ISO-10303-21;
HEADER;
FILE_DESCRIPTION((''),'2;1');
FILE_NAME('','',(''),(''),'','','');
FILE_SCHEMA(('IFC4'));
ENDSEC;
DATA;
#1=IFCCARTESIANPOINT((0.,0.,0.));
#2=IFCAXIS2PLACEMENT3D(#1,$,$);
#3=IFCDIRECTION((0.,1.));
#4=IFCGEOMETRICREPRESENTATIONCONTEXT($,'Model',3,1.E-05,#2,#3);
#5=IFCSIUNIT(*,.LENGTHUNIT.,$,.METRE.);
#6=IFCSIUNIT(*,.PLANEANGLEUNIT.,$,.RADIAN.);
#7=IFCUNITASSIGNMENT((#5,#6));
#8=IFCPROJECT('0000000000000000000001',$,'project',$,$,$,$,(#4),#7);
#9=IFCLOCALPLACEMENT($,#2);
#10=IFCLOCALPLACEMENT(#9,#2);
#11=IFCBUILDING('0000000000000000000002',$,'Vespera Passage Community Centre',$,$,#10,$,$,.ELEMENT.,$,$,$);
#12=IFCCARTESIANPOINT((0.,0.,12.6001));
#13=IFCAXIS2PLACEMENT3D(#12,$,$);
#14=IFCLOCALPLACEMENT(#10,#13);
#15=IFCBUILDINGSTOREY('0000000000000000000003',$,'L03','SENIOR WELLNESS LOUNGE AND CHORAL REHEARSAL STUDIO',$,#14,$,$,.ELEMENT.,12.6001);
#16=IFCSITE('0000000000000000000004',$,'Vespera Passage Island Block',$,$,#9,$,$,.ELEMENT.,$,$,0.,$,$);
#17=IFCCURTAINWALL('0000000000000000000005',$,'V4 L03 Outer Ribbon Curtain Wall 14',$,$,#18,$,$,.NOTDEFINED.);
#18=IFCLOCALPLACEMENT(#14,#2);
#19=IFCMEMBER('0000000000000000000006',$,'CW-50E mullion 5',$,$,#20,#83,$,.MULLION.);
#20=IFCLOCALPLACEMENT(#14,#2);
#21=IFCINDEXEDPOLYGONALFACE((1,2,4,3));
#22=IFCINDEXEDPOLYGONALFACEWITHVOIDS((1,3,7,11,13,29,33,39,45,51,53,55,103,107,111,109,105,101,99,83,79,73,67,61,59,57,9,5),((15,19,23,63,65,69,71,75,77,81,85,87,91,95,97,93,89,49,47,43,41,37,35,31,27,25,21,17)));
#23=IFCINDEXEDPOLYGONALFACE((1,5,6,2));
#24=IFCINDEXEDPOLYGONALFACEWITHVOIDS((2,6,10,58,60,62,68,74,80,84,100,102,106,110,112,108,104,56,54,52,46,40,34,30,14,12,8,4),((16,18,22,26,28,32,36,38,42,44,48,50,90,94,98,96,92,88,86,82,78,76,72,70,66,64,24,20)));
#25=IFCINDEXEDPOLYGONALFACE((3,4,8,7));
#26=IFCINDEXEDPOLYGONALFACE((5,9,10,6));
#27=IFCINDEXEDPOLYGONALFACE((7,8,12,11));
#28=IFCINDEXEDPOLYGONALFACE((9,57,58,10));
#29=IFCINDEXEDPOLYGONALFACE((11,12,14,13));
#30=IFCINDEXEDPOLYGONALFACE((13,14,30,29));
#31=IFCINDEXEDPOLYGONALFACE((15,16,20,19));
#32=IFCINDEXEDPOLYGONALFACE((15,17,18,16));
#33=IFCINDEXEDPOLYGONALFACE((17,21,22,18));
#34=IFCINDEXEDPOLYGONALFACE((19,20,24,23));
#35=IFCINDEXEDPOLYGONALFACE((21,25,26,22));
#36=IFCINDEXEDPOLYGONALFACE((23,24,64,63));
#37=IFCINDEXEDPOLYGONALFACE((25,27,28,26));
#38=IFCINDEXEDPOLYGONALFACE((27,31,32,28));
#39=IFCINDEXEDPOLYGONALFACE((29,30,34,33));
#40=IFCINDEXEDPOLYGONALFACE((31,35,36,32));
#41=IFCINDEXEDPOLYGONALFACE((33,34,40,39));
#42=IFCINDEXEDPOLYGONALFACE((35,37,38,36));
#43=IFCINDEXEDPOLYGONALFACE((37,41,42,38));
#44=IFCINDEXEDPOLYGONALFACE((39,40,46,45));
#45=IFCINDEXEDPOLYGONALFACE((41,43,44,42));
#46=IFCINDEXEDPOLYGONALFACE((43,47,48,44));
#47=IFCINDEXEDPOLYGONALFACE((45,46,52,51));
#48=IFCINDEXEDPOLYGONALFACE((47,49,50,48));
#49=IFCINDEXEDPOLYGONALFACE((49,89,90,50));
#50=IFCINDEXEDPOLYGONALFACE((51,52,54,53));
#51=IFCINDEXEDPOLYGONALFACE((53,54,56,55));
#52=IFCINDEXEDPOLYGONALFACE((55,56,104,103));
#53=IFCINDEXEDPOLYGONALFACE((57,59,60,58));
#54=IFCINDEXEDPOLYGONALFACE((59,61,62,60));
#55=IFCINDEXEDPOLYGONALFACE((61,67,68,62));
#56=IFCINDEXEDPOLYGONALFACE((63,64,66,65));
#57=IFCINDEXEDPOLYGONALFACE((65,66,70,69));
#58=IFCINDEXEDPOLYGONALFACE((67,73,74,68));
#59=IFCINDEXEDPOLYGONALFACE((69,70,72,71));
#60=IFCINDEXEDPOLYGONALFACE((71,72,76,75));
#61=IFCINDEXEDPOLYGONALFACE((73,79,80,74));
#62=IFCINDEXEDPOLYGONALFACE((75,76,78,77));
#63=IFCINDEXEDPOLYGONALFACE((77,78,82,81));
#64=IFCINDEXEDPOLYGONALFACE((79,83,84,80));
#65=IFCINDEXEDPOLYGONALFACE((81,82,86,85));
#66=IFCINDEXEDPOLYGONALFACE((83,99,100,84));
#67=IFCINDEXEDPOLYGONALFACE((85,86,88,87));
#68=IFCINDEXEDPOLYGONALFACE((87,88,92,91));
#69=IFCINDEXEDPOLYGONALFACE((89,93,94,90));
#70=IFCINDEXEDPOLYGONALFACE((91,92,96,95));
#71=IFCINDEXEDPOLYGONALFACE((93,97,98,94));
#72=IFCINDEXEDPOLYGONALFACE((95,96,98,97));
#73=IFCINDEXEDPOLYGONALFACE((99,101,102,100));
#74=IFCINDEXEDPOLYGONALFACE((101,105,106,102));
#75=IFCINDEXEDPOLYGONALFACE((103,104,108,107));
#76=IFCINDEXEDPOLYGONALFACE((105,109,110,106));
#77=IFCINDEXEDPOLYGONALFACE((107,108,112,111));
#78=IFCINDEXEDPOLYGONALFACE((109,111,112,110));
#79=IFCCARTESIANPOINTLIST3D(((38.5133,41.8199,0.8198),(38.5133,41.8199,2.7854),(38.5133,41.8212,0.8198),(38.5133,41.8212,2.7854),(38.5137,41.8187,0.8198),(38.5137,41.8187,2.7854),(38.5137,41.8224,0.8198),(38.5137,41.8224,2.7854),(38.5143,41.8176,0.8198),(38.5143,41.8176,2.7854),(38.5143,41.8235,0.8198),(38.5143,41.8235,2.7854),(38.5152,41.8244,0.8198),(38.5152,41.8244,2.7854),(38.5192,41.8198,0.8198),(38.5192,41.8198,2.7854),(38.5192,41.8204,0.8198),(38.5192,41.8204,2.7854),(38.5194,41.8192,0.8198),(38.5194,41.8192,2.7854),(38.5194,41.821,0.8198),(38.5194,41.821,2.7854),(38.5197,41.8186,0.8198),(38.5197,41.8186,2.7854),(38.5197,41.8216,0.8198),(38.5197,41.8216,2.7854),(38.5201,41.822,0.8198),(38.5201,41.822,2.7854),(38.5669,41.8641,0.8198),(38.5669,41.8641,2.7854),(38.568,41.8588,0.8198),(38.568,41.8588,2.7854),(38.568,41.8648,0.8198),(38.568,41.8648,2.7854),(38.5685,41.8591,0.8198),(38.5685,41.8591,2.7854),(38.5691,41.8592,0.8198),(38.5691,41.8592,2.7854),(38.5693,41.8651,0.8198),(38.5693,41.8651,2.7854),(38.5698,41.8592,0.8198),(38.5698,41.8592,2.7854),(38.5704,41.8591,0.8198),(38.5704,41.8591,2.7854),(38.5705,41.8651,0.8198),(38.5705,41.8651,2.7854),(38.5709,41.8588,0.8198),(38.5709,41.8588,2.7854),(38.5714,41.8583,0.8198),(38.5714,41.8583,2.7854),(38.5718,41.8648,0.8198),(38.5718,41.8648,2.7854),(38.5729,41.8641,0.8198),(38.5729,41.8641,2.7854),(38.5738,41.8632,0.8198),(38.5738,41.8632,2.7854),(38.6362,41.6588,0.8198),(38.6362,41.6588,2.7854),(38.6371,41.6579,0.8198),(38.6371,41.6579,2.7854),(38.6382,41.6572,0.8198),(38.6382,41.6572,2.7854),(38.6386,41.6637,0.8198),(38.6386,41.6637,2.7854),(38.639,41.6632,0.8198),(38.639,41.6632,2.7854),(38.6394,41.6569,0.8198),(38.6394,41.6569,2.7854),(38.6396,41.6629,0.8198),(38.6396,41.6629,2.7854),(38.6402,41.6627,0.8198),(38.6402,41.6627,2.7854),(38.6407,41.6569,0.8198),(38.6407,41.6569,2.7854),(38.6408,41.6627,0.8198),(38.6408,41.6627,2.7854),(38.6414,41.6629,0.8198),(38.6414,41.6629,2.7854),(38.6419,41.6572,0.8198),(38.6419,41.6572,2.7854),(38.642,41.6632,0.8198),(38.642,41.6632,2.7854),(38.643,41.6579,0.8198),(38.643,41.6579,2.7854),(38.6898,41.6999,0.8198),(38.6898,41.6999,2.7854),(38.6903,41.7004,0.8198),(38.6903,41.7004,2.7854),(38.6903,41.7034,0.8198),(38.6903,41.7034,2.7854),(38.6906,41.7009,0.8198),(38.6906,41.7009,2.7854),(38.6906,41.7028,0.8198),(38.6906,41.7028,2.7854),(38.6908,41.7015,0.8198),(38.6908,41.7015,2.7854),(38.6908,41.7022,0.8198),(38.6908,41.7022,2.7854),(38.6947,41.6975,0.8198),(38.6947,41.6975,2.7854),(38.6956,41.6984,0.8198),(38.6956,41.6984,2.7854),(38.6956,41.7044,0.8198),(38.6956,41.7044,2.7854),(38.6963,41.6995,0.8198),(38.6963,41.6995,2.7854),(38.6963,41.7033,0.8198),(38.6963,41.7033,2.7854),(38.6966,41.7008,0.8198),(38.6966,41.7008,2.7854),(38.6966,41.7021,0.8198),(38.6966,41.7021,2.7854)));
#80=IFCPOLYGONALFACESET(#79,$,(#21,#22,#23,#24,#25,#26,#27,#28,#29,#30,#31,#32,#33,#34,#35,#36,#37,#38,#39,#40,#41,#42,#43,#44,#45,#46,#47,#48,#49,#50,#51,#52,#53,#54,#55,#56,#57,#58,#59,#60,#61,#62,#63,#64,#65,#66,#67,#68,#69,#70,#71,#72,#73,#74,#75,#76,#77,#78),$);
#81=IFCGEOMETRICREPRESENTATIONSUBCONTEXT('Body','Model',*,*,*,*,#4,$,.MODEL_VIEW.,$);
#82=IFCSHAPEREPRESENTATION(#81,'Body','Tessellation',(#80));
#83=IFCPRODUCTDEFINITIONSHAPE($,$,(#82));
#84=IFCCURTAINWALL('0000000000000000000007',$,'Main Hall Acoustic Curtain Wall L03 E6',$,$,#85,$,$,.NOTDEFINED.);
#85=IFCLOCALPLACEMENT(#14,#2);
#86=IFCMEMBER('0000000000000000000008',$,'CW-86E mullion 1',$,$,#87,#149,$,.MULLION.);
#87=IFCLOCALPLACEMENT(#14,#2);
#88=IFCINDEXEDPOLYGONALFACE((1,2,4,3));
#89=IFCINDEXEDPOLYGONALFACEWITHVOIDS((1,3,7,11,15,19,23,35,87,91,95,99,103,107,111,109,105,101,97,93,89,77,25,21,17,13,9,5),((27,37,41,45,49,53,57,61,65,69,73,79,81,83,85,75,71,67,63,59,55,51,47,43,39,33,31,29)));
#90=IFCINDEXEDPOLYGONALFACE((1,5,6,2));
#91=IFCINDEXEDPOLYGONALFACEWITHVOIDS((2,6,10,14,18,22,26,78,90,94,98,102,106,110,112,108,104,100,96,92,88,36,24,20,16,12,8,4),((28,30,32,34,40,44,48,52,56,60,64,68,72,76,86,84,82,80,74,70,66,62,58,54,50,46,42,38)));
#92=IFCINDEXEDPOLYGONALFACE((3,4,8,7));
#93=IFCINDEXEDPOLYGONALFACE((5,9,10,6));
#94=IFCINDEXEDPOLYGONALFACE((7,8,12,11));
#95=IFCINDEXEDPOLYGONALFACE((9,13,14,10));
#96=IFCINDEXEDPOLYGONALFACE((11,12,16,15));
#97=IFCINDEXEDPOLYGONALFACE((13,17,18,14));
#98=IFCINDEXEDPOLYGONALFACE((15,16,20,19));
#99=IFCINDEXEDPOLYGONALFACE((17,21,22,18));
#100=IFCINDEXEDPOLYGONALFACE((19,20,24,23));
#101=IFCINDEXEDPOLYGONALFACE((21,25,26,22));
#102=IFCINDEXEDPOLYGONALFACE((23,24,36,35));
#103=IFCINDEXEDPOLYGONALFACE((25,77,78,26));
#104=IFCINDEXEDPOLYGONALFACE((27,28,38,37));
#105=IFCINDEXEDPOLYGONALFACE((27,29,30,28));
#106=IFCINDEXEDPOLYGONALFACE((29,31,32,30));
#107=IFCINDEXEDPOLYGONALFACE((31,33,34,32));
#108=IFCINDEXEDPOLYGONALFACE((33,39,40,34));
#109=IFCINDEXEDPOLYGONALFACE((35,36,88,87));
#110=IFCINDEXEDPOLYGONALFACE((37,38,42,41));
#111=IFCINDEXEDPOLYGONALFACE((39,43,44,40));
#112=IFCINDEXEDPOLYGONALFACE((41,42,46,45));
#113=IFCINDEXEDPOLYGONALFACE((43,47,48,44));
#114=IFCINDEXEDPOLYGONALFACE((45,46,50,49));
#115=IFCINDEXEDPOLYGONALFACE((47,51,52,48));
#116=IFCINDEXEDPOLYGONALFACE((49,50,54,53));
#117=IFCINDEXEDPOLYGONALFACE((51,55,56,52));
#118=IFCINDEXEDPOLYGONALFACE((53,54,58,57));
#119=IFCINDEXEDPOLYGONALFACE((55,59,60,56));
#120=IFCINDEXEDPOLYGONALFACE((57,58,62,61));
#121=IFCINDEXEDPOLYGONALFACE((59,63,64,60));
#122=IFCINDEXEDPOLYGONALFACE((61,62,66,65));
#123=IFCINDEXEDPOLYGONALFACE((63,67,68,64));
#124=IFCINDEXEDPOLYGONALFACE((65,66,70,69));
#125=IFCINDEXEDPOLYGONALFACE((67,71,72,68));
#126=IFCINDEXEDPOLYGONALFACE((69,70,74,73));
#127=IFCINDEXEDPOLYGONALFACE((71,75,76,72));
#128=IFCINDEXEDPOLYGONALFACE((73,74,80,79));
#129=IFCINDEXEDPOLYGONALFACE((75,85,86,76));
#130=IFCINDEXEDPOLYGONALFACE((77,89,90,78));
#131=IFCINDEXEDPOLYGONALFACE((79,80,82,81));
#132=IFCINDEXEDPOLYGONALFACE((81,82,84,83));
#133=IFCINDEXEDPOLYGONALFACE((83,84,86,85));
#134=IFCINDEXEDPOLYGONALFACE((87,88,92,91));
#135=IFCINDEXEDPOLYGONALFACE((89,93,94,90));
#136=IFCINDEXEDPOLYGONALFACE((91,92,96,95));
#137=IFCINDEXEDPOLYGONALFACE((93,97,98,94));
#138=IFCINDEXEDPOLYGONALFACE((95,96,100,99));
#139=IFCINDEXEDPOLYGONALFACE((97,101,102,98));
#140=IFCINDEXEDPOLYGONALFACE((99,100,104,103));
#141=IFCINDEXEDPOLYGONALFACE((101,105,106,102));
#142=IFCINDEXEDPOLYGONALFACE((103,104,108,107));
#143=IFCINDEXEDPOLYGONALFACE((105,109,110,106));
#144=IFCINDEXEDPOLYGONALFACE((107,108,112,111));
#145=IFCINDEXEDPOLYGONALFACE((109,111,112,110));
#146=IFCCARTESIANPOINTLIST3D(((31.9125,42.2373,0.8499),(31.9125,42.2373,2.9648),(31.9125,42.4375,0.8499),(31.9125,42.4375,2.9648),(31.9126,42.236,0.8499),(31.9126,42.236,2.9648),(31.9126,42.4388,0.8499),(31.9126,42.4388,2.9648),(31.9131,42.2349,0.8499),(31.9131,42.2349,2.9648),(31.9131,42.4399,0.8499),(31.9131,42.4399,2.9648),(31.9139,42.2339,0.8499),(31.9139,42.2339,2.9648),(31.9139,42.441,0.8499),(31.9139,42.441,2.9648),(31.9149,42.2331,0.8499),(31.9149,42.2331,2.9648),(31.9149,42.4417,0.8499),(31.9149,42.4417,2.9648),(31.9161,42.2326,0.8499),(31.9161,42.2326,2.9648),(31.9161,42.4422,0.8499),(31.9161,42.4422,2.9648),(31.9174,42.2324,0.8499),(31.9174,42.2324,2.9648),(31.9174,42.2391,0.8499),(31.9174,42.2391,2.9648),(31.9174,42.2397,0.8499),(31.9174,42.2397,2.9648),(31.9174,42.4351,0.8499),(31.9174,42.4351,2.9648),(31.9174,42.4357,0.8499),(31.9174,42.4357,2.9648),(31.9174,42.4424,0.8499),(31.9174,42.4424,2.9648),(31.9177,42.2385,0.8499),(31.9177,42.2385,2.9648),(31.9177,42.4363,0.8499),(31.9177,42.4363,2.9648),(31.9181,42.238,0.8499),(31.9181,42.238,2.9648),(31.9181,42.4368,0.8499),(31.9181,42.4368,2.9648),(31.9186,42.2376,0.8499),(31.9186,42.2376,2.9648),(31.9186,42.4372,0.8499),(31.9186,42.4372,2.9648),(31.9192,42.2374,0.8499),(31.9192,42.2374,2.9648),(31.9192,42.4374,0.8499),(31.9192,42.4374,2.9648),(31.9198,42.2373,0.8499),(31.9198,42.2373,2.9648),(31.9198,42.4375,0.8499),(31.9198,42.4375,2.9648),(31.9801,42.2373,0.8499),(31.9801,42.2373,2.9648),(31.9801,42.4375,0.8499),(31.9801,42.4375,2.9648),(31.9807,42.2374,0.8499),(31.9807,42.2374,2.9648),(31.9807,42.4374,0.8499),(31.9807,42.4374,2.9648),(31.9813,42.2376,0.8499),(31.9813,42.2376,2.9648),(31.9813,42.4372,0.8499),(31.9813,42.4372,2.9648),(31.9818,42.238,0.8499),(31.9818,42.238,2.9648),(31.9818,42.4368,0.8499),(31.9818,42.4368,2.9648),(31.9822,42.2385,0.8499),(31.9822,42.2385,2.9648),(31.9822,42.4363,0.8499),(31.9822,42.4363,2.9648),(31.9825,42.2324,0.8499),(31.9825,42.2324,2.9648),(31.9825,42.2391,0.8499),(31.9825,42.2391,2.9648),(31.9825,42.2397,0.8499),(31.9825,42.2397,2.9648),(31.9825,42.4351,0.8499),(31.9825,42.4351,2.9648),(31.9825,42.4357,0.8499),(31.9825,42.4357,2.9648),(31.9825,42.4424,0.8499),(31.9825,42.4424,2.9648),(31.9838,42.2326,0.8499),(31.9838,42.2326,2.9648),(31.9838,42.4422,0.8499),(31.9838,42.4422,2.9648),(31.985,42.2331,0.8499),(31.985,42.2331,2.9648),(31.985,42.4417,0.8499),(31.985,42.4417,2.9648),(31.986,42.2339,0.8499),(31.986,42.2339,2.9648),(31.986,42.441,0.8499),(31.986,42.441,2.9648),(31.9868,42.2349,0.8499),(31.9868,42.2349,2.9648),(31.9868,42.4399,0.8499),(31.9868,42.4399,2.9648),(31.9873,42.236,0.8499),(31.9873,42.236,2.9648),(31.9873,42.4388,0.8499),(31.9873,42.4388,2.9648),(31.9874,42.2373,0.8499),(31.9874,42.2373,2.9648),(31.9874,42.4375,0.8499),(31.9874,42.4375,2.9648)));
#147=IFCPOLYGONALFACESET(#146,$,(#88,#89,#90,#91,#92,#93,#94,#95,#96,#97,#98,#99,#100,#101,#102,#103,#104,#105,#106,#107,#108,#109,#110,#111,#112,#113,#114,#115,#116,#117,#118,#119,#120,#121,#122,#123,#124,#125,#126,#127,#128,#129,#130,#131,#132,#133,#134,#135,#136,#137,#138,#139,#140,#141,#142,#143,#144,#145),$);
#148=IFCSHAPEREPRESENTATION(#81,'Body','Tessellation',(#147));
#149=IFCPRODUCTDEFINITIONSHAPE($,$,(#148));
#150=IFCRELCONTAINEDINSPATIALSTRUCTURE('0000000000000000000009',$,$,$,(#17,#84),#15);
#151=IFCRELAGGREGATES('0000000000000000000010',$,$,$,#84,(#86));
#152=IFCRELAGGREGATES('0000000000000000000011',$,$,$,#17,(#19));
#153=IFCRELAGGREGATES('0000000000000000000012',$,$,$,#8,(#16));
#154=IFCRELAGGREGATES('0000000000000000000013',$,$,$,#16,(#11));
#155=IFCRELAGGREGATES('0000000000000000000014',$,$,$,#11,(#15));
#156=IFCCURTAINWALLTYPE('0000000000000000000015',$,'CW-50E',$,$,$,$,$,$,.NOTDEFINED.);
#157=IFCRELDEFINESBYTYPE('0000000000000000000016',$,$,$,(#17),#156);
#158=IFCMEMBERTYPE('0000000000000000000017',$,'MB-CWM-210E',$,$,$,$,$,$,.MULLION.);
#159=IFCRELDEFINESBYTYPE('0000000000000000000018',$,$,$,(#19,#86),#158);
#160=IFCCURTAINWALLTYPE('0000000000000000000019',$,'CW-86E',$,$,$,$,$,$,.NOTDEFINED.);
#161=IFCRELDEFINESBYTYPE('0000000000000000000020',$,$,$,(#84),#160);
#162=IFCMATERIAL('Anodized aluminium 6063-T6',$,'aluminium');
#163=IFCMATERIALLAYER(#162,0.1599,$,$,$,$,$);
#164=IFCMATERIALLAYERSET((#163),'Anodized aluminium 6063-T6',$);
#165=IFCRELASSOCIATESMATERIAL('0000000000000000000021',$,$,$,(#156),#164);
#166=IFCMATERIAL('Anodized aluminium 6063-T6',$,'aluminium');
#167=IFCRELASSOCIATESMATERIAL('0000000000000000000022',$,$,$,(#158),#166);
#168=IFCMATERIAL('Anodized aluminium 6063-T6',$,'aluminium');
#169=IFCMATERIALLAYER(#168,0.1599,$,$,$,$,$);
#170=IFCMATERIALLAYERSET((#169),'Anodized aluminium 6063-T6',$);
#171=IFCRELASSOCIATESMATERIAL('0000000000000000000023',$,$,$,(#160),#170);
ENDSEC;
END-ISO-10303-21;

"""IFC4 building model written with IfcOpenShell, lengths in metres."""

from ifc_helpers import new_model, si_unit, direction, frame, origin, origin_2d, place, context, subcontext, project, spatial, hollow_rectangle, extrude, material, layer, layer_set, material_profile, profile_set, type_object, element, aggregate, save


model = new_model("IFC4")

# Units and contexts
model_context = context("Model", 3, precision=1e-05, world=origin(), true_north=direction((0.0, 1.0)))
body_context = subcontext(model_context, "Body", "Model", "MODEL_VIEW")
ifc_project = project(units=[si_unit("LENGTHUNIT", "METRE"), si_unit("PLANEANGLEUNIT", "RADIAN")], contexts=[model_context])

# Site, building, storey
site_placement = place(None, origin())
site = spatial("IfcSite", under=ifc_project, at=site_placement, Name="Vespera Passage Island Block", CompositionType="ELEMENT", RefElevation=0.0)
building_placement = place(site_placement, origin())
building = spatial("IfcBuilding", under=site, at=building_placement, Name="Vespera Passage Community Centre", CompositionType="ELEMENT")
storey_placement = place(building_placement, frame((0.0, 0.0, 12.6001)))
storey = spatial("IfcBuildingStorey", under=building, at=storey_placement, Name="L03", Description="SENIOR WELLNESS LOUNGE AND CHORAL REHEARSAL STUDIO", CompositionType="ELEMENT", Elevation=12.6001)

# Curtain wall, member
ifc_material_1 = material(Name="Anodized aluminium 6063-T6", Category="aluminium")
ifc_layer_1 = layer(ifc_material_1, 0.1599)
ifc_layer_set_1 = layer_set([ifc_layer_1], Name="Anodized aluminium 6063-T6")
curtain_wall_type_1 = type_object("IfcCurtainWallType", Name="CW-50E", PredefinedType="NOTDEFINED", material=ifc_layer_set_1)
curtain_wall_1_placement = place(storey_placement, origin())
curtain_wall_1 = element("IfcCurtainWall", 1, at=curtain_wall_1_placement, inside=storey, type_object=curtain_wall_type_1, Name="V4 L03 Outer Ribbon Curtain Wall 14", PredefinedType="NOTDEFINED")
ifc_material_2 = material(Name="Anodized aluminium 6063-T6", Category="aluminium")
ifc_material_profile_1 = material_profile(ifc_material_2, hollow_rectangle(XDim=0.075, YDim=0.21, WallThickness=0.0049, InnerFilletRadius=0.0024, OuterFilletRadius=0.0049, at=origin_2d()), Name="ALU210X75X5")
ifc_profile_set_1 = profile_set([ifc_material_profile_1], Name="Anodized aluminium 6063-T6")
member_type_1 = type_object("IfcMemberType", Name="MB-CWM-210E", PredefinedType="MULLION", material=ifc_profile_set_1)
member_1_placement = place(storey_placement, frame((38.605, 41.761, 0.8198), z_axis=(0.0, 0.0, 1.0), x_axis=(-0.79335, -0.608765, 0.0)))
member_1 = element("IfcMember", 2, at=member_1_placement, type_object=member_type_1, Name="CW-50E mullion 5", PredefinedType="MULLION", context=body_context, shape_type="SweptSolid", body=[
    extrude(hollow_rectangle(XDim=0.075, YDim=0.21, WallThickness=0.0049, InnerFilletRadius=0.0024, OuterFilletRadius=0.0049, at=origin_2d()), origin(), (0.0, 0.0, 1.0), 1.9656),
])

# Curtain wall, member
ifc_material_3 = material(Name="Anodized aluminium 6063-T6", Category="aluminium")
ifc_layer_2 = layer(ifc_material_3, 0.1599)
ifc_layer_set_2 = layer_set([ifc_layer_2], Name="Anodized aluminium 6063-T6")
curtain_wall_type_2 = type_object("IfcCurtainWallType", Name="CW-86E", PredefinedType="NOTDEFINED", material=ifc_layer_set_2)
curtain_wall_2_placement = place(storey_placement, origin())
curtain_wall_2 = element("IfcCurtainWall", 3, at=curtain_wall_2_placement, inside=storey, type_object=curtain_wall_type_2, Name="Main Hall Acoustic Curtain Wall L03 E6", PredefinedType="NOTDEFINED")
member_2_placement = place(storey_placement, frame((31.95, 42.3374, 0.8499), z_axis=(0.0, 0.0, 1.0), x_axis=(1.0, 0.0, 0.0)))
member_2 = element("IfcMember", 4, at=member_2_placement, type_object=member_type_1, Name="CW-86E mullion 1", PredefinedType="MULLION", context=body_context, shape_type="SweptSolid", body=[
    extrude(hollow_rectangle(XDim=0.075, YDim=0.21, WallThickness=0.0049, InnerFilletRadius=0.0024, OuterFilletRadius=0.0049, at=origin_2d()), origin(), (0.0, 0.0, 1.0), 2.115),
])

aggregate(curtain_wall_2, [member_2])

aggregate(curtain_wall_1, [member_1])

save(model, "model.ifc")
